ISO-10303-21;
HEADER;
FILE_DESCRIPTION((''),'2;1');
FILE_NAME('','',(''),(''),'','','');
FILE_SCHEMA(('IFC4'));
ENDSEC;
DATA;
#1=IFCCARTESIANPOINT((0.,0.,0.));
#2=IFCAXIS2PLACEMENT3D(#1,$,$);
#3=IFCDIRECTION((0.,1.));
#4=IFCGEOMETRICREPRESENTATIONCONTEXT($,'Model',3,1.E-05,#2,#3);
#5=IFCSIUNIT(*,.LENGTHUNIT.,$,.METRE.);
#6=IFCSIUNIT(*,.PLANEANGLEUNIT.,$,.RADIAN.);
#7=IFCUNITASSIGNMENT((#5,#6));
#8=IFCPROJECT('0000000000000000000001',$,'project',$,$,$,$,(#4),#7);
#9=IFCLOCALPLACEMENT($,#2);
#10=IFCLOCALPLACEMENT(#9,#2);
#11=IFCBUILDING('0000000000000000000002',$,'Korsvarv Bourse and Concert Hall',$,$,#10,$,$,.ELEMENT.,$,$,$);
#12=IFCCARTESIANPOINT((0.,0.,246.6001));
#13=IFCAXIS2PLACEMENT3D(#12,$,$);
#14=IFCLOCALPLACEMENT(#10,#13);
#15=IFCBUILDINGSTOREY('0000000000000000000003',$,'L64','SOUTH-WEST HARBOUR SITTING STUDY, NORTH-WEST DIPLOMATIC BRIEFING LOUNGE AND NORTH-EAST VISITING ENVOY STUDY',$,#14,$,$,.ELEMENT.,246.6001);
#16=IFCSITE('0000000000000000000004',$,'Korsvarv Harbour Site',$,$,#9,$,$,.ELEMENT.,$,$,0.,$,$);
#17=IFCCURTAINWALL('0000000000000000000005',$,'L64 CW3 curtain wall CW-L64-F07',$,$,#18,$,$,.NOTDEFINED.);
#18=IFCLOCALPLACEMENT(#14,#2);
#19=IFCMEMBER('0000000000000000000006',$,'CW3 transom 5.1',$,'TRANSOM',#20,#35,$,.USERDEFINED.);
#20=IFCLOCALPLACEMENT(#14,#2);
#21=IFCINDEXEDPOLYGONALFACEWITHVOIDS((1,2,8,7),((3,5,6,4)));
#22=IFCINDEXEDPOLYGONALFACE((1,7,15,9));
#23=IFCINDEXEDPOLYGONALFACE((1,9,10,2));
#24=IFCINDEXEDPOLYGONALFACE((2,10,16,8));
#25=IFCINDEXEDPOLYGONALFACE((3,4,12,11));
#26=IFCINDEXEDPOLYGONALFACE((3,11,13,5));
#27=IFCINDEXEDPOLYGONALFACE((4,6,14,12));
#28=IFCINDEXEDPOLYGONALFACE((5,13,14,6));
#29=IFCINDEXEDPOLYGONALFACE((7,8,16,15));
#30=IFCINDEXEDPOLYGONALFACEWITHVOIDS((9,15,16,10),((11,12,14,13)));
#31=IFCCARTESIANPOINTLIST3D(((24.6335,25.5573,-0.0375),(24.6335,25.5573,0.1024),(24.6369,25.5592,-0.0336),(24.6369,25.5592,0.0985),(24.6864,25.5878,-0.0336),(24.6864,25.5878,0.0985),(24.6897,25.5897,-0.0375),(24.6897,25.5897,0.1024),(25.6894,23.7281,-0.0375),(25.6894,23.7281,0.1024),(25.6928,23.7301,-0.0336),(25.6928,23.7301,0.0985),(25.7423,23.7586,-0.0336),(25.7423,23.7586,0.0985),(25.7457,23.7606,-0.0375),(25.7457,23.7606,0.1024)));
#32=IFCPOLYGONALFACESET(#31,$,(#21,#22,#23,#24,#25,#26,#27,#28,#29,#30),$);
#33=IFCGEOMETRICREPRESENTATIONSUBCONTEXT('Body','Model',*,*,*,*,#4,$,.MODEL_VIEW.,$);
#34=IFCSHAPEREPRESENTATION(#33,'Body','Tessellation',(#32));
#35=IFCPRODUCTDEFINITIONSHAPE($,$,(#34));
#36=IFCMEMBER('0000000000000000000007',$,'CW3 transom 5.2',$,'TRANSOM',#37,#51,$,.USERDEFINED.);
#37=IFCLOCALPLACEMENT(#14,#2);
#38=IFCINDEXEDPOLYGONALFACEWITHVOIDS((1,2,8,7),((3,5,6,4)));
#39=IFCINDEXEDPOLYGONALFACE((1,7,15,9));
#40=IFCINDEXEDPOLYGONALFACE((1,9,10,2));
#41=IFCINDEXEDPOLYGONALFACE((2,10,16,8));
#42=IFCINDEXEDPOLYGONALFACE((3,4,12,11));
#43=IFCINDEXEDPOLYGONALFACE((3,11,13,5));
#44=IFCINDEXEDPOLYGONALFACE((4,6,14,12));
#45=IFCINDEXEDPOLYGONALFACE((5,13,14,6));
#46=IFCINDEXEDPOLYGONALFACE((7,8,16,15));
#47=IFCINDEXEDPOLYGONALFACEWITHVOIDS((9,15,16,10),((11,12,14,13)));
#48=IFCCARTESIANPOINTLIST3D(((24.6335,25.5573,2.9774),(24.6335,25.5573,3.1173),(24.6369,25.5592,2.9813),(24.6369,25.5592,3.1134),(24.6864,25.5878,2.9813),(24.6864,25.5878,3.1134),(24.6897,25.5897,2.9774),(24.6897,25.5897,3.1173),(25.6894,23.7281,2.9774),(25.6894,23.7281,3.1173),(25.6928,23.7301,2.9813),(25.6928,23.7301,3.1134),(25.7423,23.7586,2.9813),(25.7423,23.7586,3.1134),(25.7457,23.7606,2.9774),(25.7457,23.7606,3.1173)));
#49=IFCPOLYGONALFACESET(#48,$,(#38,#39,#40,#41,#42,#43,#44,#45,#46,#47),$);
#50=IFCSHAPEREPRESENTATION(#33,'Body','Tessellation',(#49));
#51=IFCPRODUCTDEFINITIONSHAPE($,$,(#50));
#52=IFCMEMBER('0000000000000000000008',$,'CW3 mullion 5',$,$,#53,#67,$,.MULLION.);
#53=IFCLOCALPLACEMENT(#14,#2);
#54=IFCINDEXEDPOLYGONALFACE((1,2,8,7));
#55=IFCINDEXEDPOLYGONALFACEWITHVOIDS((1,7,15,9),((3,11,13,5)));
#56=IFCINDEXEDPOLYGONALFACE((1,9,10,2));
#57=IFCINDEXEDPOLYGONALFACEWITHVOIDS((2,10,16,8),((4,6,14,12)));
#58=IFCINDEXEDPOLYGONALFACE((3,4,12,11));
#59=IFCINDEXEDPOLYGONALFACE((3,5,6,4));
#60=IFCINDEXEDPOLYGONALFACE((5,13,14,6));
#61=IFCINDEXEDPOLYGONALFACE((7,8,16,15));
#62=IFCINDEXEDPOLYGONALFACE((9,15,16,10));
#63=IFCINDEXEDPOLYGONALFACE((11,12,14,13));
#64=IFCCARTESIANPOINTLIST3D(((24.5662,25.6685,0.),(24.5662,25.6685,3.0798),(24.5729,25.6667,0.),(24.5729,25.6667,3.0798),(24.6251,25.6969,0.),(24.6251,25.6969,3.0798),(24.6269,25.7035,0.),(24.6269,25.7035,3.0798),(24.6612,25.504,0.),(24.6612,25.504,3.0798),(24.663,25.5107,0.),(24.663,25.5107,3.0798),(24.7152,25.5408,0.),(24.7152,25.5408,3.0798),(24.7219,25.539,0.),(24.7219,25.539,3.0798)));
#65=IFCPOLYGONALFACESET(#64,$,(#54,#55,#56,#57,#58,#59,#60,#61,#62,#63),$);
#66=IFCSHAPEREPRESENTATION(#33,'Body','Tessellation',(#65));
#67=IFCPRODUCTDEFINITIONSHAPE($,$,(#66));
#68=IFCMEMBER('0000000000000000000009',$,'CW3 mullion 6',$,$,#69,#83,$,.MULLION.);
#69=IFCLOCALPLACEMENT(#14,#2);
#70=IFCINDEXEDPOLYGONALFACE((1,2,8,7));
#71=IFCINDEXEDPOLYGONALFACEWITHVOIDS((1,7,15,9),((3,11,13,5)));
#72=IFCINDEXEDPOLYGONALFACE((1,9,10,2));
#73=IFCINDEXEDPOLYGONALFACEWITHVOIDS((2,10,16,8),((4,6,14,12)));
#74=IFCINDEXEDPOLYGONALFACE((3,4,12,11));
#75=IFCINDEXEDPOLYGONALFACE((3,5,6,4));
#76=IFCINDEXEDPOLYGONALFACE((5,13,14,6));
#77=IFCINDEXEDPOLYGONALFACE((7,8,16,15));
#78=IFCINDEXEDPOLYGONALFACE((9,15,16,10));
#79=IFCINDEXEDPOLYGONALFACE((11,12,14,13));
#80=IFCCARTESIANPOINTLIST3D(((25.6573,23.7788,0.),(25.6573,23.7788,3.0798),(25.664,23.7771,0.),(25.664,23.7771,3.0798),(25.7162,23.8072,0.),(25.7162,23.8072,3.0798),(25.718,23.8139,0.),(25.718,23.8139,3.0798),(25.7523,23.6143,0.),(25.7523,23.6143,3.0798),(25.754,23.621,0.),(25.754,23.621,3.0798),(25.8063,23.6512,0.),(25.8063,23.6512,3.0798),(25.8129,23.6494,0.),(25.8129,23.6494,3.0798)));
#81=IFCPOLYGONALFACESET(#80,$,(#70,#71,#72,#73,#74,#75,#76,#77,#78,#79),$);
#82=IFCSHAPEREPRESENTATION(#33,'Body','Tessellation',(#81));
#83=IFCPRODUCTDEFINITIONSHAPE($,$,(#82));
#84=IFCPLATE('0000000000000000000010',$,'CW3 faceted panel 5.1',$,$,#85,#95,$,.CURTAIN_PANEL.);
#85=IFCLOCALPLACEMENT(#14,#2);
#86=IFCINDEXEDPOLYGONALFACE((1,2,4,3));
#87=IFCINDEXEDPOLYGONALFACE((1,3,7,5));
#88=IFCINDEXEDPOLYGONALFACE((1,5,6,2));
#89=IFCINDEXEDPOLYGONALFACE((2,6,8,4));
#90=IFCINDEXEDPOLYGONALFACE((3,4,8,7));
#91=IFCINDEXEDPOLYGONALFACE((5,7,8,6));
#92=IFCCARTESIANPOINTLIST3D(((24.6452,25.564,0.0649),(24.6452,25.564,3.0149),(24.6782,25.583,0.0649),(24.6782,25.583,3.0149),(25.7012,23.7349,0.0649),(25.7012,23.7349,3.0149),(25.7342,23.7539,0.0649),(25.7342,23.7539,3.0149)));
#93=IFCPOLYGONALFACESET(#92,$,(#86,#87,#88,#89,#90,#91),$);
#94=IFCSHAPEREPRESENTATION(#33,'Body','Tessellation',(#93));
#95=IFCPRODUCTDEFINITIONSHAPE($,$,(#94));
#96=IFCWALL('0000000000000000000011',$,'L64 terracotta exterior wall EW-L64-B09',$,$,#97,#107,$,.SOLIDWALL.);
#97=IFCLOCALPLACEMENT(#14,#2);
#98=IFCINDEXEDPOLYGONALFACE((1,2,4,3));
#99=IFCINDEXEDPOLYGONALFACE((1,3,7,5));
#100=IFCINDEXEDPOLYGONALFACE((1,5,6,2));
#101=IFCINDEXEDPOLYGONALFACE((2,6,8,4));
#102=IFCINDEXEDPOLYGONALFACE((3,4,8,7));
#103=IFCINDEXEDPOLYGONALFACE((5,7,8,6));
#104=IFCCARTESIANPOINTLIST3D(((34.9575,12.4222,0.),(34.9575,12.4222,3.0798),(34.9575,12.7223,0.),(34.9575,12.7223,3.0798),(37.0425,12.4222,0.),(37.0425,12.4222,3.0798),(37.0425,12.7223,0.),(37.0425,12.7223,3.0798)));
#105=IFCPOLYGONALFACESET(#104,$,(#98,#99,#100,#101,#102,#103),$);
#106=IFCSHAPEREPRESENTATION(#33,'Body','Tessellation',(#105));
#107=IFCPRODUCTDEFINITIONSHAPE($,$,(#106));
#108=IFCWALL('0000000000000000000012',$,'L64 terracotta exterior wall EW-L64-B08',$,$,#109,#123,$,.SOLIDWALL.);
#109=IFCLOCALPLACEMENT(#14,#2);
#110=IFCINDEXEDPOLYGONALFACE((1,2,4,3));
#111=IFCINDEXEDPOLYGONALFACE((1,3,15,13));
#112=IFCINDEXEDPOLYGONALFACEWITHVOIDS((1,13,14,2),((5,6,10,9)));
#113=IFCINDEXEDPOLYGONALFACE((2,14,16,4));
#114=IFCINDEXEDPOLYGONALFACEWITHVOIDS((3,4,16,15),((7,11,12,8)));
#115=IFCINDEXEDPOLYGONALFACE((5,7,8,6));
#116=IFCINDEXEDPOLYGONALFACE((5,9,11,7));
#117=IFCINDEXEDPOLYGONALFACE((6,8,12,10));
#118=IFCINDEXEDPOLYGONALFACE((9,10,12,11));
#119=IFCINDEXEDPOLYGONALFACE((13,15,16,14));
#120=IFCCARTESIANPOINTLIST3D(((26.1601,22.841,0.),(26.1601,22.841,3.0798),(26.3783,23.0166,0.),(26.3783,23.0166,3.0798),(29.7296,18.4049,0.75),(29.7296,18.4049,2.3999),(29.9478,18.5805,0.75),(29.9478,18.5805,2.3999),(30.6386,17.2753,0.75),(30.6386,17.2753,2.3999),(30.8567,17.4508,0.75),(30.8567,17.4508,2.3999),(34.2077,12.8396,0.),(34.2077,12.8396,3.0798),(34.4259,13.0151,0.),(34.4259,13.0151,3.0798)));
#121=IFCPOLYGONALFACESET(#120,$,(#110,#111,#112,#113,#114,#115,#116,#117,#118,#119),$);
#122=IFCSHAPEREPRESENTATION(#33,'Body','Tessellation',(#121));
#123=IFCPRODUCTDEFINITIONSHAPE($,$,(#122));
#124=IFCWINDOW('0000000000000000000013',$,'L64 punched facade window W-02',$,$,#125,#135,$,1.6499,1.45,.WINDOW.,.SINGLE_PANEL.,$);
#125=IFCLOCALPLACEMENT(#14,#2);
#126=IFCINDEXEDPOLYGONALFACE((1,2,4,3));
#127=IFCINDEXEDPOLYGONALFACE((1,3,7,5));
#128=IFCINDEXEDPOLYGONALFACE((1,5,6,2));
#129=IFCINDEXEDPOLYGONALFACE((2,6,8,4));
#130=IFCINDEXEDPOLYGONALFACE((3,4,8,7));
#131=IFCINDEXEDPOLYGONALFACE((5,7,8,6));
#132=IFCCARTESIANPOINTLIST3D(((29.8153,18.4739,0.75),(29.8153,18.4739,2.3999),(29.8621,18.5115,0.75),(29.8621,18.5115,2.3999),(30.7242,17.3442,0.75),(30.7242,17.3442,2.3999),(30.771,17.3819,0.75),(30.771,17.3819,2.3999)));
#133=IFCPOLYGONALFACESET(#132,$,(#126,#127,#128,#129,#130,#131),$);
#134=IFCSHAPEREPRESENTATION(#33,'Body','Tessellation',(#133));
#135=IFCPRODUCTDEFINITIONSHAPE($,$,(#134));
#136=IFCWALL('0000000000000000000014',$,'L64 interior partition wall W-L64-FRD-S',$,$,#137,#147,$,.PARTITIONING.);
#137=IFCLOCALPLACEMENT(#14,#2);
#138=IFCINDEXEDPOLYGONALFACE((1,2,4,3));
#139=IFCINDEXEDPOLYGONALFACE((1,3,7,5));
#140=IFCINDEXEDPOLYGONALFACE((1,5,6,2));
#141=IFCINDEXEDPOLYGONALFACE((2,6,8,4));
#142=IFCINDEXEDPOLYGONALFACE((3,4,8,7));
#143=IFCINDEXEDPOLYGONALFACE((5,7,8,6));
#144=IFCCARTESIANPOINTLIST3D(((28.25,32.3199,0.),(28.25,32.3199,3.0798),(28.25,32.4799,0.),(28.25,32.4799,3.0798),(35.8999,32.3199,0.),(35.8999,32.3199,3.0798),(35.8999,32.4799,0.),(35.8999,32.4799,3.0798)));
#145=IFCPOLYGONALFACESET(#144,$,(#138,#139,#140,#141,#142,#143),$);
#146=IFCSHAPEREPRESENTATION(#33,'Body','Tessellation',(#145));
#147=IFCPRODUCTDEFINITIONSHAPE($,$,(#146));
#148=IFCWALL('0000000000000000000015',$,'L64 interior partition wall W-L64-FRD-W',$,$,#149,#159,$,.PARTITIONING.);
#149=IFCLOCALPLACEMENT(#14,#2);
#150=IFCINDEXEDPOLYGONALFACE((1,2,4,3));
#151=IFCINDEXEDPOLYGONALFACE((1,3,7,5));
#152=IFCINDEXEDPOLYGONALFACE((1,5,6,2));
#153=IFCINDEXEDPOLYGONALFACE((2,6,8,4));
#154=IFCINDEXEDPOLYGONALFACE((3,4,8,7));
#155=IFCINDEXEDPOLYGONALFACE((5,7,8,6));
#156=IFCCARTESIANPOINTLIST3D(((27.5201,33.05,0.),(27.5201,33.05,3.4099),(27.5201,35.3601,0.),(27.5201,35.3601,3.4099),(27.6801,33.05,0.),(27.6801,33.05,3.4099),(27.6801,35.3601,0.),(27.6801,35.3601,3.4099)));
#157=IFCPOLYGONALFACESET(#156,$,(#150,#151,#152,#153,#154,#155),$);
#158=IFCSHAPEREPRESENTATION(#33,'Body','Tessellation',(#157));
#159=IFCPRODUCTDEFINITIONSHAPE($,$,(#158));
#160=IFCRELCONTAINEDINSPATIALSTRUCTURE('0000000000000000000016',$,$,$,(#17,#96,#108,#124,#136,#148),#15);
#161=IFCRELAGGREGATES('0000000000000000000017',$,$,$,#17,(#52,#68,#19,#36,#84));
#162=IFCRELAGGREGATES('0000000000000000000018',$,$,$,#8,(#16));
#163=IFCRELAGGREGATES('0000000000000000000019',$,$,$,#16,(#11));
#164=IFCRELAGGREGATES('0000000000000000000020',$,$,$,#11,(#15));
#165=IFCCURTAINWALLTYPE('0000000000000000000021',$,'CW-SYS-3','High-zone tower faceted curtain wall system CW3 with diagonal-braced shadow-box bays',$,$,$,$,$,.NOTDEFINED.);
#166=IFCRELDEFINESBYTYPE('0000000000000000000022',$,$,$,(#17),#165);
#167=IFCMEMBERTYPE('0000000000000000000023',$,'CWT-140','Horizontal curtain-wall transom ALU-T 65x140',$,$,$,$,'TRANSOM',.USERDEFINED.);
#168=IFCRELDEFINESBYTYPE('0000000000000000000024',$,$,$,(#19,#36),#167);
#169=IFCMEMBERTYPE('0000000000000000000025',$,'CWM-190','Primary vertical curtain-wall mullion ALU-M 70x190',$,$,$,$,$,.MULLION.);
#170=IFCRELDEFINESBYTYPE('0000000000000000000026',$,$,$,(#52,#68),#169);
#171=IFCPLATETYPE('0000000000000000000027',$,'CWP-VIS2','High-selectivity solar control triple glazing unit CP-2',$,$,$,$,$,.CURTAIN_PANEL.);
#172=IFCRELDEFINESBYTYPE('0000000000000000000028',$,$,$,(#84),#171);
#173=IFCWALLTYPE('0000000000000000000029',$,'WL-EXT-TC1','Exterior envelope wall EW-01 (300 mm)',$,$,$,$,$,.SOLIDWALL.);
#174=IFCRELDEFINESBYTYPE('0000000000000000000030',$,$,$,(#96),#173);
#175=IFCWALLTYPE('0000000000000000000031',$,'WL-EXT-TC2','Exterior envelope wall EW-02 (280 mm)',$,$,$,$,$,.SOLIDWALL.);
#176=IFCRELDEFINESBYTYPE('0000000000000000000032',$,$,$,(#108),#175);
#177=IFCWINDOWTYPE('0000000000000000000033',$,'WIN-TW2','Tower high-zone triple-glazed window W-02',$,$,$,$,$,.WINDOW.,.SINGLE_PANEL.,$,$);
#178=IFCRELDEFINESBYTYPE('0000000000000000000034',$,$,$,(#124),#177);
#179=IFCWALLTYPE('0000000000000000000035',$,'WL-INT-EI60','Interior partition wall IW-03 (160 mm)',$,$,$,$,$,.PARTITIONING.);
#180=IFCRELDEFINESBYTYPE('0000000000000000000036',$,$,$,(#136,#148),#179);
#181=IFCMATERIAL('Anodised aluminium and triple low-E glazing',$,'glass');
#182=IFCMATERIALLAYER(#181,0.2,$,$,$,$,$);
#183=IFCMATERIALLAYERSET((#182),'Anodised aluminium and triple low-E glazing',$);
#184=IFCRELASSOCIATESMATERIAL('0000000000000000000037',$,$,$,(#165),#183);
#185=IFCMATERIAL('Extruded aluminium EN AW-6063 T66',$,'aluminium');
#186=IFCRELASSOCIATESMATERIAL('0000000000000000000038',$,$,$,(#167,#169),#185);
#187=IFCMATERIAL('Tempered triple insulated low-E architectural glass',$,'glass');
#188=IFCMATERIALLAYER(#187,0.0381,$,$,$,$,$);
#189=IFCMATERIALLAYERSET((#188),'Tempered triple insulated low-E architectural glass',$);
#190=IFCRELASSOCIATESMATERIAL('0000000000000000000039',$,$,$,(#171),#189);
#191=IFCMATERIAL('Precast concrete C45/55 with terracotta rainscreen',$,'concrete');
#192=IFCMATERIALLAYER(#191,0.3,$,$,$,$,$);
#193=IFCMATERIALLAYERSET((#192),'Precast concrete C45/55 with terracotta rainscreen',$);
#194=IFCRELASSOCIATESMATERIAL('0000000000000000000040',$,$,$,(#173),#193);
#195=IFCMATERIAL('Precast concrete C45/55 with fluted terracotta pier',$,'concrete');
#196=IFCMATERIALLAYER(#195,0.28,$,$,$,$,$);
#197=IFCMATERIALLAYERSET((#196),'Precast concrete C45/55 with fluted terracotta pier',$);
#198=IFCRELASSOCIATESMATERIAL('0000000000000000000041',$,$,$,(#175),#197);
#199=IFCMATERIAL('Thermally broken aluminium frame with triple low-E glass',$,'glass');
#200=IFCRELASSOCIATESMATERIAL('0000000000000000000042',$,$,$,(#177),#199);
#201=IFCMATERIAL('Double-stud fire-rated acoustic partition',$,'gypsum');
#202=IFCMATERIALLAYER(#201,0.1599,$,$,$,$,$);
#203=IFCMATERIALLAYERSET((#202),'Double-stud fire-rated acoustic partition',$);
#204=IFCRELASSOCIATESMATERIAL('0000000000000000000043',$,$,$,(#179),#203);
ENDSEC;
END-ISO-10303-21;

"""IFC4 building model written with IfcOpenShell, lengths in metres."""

from ifc_helpers import new_model, si_unit, direction, frame, frame_2d, origin, origin_2d, place, context, subcontext, project, spatial, rectangle, hollow_rectangle, extrude, source, transform, mapped, material, layer, layer_set, material_profile, profile_set, type_object, element, fill, aggregate, save


model = new_model("IFC4")

# Units and contexts
model_context = context("Model", 3, precision=1e-05, world=origin(), true_north=direction((0.0, 1.0)))
body_context = subcontext(model_context, "Body", "Model", "MODEL_VIEW")
ifc_project = project(units=[si_unit("LENGTHUNIT", "METRE"), si_unit("PLANEANGLEUNIT", "RADIAN")], contexts=[model_context])

# Site, building, storey
site_placement = place(None, origin())
site = spatial("IfcSite", under=ifc_project, at=site_placement, Name="Korsvarv Harbour Site", CompositionType="ELEMENT", RefElevation=0.0)
building_placement = place(site_placement, origin())
building = spatial("IfcBuilding", under=site, at=building_placement, Name="Korsvarv Bourse and Concert Hall", CompositionType="ELEMENT")
storey_placement = place(building_placement, frame((0.0, 0.0, 246.6001)))
storey = spatial("IfcBuildingStorey", under=building, at=storey_placement, Name="L64", Description="SOUTH-WEST HARBOUR SITTING STUDY, NORTH-WEST DIPLOMATIC BRIEFING LOUNGE AND NORTH-EAST VISITING ENVOY STUDY", CompositionType="ELEMENT", Elevation=246.6001)

# Curtain wall, members, plate
ifc_material_1 = material(Name="Anodised aluminium and triple low-E glazing", Category="glass")
ifc_layer_1 = layer(ifc_material_1, 0.2)
ifc_layer_set_1 = layer_set([ifc_layer_1], Name="Anodised aluminium and triple low-E glazing")
curtain_wall_type = type_object("IfcCurtainWallType", Name="CW-SYS-3", Description="High-zone tower faceted curtain wall system CW3 with diagonal-braced shadow-box bays", PredefinedType="NOTDEFINED", material=ifc_layer_set_1)
curtain_wall_placement = place(storey_placement, origin())
curtain_wall = element("IfcCurtainWall", 1, at=curtain_wall_placement, inside=storey, type_object=curtain_wall_type, Name="L64 CW3 curtain wall CW-L64-F07", PredefinedType="NOTDEFINED")
ifc_material_2 = material(Name="Extruded aluminium EN AW-6063 T66", Category="aluminium")
ifc_material_profile_1 = material_profile(ifc_material_2, hollow_rectangle(XDim=0.0649, YDim=0.1399, WallThickness=0.0039, at=origin_2d()), Name="ALU-T 65x140")
ifc_profile_set_1 = profile_set([ifc_material_profile_1], Name="Extruded aluminium EN AW-6063 T66")
member_type_1 = type_object("IfcMemberType", Name="CWT-140", Description="Horizontal curtain-wall transom ALU-T 65x140", ElementType="TRANSOM", PredefinedType="USERDEFINED", material=ifc_profile_set_1)
shared_shape_1 = source(origin(), body_context, "Body", "SweptSolid", [
    extrude(hollow_rectangle(XDim=0.0649, YDim=0.1399, WallThickness=0.0039, at=origin_2d()), origin(), (0.0, 0.0, 1.0), 2.1121),
])
member_1_placement = place(storey_placement, frame((24.6616, 25.5735, 0.0325), z_axis=(0.499956, -0.866051, 0.0), x_axis=(0.866051, 0.499956, 0.0)))
member_1 = element("IfcMember", 2, at=member_1_placement, type_object=member_type_1, Name="CW3 transom 5.1", ObjectType="TRANSOM", PredefinedType="USERDEFINED", context=body_context, shape_type="MappedRepresentation", body=[
    mapped(shared_shape_1, transform((0.0, 0.0, 0.0), scale=1.0)),
])
member_2_placement = place(storey_placement, frame((24.6616, 25.5735, 3.0474), z_axis=(0.499956, -0.866051, 0.0), x_axis=(0.866051, 0.499956, 0.0)))
member_2 = element("IfcMember", 3, at=member_2_placement, type_object=member_type_1, Name="CW3 transom 5.2", ObjectType="TRANSOM", PredefinedType="USERDEFINED", context=body_context, shape_type="MappedRepresentation", body=[
    mapped(shared_shape_1, transform((0.0, 0.0, 0.0), scale=1.0)),
])
ifc_material_profile_2 = material_profile(ifc_material_2, hollow_rectangle(XDim=0.0701, YDim=0.1899, WallThickness=0.0049, at=origin_2d()), Name="ALU-M 70x190")
ifc_profile_set_2 = profile_set([ifc_material_profile_2], Name="Extruded aluminium EN AW-6063 T66")
member_type_2 = type_object("IfcMemberType", Name="CWM-190", Description="Primary vertical curtain-wall mullion ALU-M 70x190", PredefinedType="MULLION", material=ifc_profile_set_2)
shared_shape_2 = source(origin(), body_context, "Body", "SweptSolid", [
    extrude(hollow_rectangle(XDim=0.0701, YDim=0.1899, WallThickness=0.0049, at=origin_2d()), origin(), (0.0, 0.0, 1.0), 3.0798),
])
member_3_placement = place(storey_placement, frame((24.644, 25.6038, 0.0), z_axis=(0.0, 0.0, 1.0), x_axis=(0.866022, 0.500006, 0.0)))
member_3 = element("IfcMember", 4, at=member_3_placement, type_object=member_type_2, Name="CW3 mullion 5", PredefinedType="MULLION", context=body_context, shape_type="MappedRepresentation", body=[
    mapped(shared_shape_2, transform((0.0, 0.0, 0.0), scale=1.0)),
])
member_4_placement = place(storey_placement, frame((25.7351, 23.7141, 0.0), z_axis=(0.0, 0.0, 1.0), x_axis=(0.866022, 0.500006, 0.0)))
member_4 = element("IfcMember", 5, at=member_4_placement, type_object=member_type_2, Name="CW3 mullion 6", PredefinedType="MULLION", context=body_context, shape_type="MappedRepresentation", body=[
    mapped(shared_shape_2, transform((0.0, 0.0, 0.0), scale=1.0)),
])
ifc_material_3 = material(Name="Tempered triple insulated low-E architectural glass", Category="glass")
ifc_layer_2 = layer(ifc_material_3, 0.0381)
ifc_layer_set_2 = layer_set([ifc_layer_2], Name="Tempered triple insulated low-E architectural glass")
plate_type = type_object("IfcPlateType", Name="CWP-VIS2", Description="High-selectivity solar control triple glazing unit CP-2", PredefinedType="CURTAIN_PANEL", material=ifc_layer_set_2)
shared_shape_3 = source(origin(), body_context, "Body", "SweptSolid", [
    extrude(rectangle(XDim=2.1121, YDim=0.0381, at=origin_2d()), origin(), (0.0, 0.0, 1.0), 2.95),
])
plate_placement = place(storey_placement, frame((25.1897, 24.6589, 0.0649), z_axis=(0.0, 0.0, 1.0), x_axis=(0.500006, -0.866022, 0.0)))
plate = element("IfcPlate", 6, at=plate_placement, type_object=plate_type, Name="CW3 faceted panel 5.1", PredefinedType="CURTAIN_PANEL", context=body_context, shape_type="MappedRepresentation", body=[
    mapped(shared_shape_3, transform((0.0, 0.0, 0.0), scale=1.0)),
])
aggregate(curtain_wall, [member_3, member_4, member_1, member_2, plate])

# Wall
ifc_material_4 = material(Name="Precast concrete C45/55 with terracotta rainscreen", Category="concrete")
ifc_layer_3 = layer(ifc_material_4, 0.3)
ifc_layer_set_3 = layer_set([ifc_layer_3], Name="Precast concrete C45/55 with terracotta rainscreen")
wall_type_1 = type_object("IfcWallType", Name="WL-EXT-TC1", Description="Exterior envelope wall EW-01 (300 mm)", PredefinedType="SOLIDWALL", material=ifc_layer_set_3)
wall_1_placement = place(storey_placement, frame((34.9575, 12.5723, 0.0), z_axis=(0.0, 0.0, 1.0), x_axis=(1.0, 0.0, 0.0)))
element("IfcWall", 7, at=wall_1_placement, inside=storey, type_object=wall_type_1, Name="L64 terracotta exterior wall EW-L64-B09", PredefinedType="SOLIDWALL", context=body_context, shape_type="SweptSolid", body=[
    extrude(rectangle(XDim=2.085, YDim=0.3, at=frame_2d((1.0425, 0.0))), origin(), (0.0, 0.0, 1.0), 3.0798),
])

# Wall, opening, window
ifc_material_5 = material(Name="Precast concrete C45/55 with fluted terracotta pier", Category="concrete")
ifc_layer_4 = layer(ifc_material_5, 0.28)
ifc_layer_set_4 = layer_set([ifc_layer_4], Name="Precast concrete C45/55 with fluted terracotta pier")
wall_type_2 = type_object("IfcWallType", Name="WL-EXT-TC2", Description="Exterior envelope wall EW-02 (280 mm)", PredefinedType="SOLIDWALL", material=ifc_layer_set_4)
wall_2_placement = place(storey_placement, frame((26.2693, 22.9287, 0.0), z_axis=(0.0, 0.0, 1.0), x_axis=(0.626898, -0.779101, 0.0)))
wall_2 = element("IfcWall", 8, at=wall_2_placement, inside=storey, type_object=wall_type_2, Name="L64 terracotta exterior wall EW-L64-B08", PredefinedType="SOLIDWALL", context=body_context, shape_type="SweptSolid", body=[
    extrude(rectangle(XDim=12.8372, YDim=0.28, at=frame_2d((6.4185, 0.0))), origin(), (0.0, 0.0, 1.0), 3.0798),
])
opening_1_placement = place(wall_2_placement, frame((5.6936, 0.0, 0.75)))
opening_1 = element("IfcOpeningElement", 9, at=opening_1_placement, cuts=wall_2, PredefinedType="OPENING", context=body_context, shape_type="SweptSolid", body=[
    extrude(rectangle(XDim=1.45, YDim=1.6499, at=frame_2d((0.7251, 0.825))), frame((0.0, 0.1499, 0.0), z_axis=(0.0, -1.0, 0.0), x_axis=(1.0, 0.0, 0.0)), (0.0, 0.0, 1.0), 0.3),
])
ifc_material_6 = material(Name="Thermally broken aluminium frame with triple low-E glass", Category="glass")
window_type = type_object("IfcWindowType", Name="WIN-TW2", Description="Tower high-zone triple-glazed window W-02", PartitioningType="SINGLE_PANEL", PredefinedType="WINDOW", material=ifc_material_6)
window_placement = place(opening_1_placement, origin())
window = element("IfcWindow", 10, at=window_placement, inside=storey, type_object=window_type, Name="L64 punched facade window W-02", OverallHeight=1.6499, OverallWidth=1.45, PartitioningType="SINGLE_PANEL", PredefinedType="WINDOW", context=body_context, shape_type="SweptSolid", body=[
    extrude(rectangle(XDim=1.45, YDim=1.6499, at=frame_2d((0.7251, 0.825))), frame((0.0, 0.03, 0.0), z_axis=(0.0, -1.0, 0.0), x_axis=(1.0, 0.0, 0.0)), (0.0, 0.0, 1.0), 0.0601),
])
fill(opening_1, window)

# Walls
ifc_material_7 = material(Name="Double-stud fire-rated acoustic partition", Category="gypsum")
ifc_layer_5 = layer(ifc_material_7, 0.1599)
ifc_layer_set_5 = layer_set([ifc_layer_5], Name="Double-stud fire-rated acoustic partition")
wall_type_3 = type_object("IfcWallType", Name="WL-INT-EI60", Description="Interior partition wall IW-03 (160 mm)", PredefinedType="PARTITIONING", material=ifc_layer_set_5)
wall_3_placement = place(storey_placement, frame((28.25, 32.3999, 0.0), z_axis=(0.0, 0.0, 1.0), x_axis=(1.0, 0.0, 0.0)))
element("IfcWall", 11, at=wall_3_placement, inside=storey, type_object=wall_type_3, Name="L64 interior partition wall W-L64-FRD-S", PredefinedType="PARTITIONING", context=body_context, shape_type="SweptSolid", body=[
    extrude(rectangle(XDim=7.6499, YDim=0.1599, at=frame_2d((3.825, 0.0))), origin(), (0.0, 0.0, 1.0), 3.0798),
])
wall_4_placement = place(storey_placement, frame((27.6001, 33.05, 0.0), z_axis=(0.0, 0.0, 1.0), x_axis=(0.0, 1.0, 0.0)))
element("IfcWall", 12, at=wall_4_placement, inside=storey, type_object=wall_type_3, Name="L64 interior partition wall W-L64-FRD-W", PredefinedType="PARTITIONING", context=body_context, shape_type="SweptSolid", body=[
    extrude(rectangle(XDim=2.3101, YDim=0.1599, at=frame_2d((1.155, 0.0))), origin(), (0.0, 0.0, 1.0), 3.4099),
])

save(model, "model.ifc")
